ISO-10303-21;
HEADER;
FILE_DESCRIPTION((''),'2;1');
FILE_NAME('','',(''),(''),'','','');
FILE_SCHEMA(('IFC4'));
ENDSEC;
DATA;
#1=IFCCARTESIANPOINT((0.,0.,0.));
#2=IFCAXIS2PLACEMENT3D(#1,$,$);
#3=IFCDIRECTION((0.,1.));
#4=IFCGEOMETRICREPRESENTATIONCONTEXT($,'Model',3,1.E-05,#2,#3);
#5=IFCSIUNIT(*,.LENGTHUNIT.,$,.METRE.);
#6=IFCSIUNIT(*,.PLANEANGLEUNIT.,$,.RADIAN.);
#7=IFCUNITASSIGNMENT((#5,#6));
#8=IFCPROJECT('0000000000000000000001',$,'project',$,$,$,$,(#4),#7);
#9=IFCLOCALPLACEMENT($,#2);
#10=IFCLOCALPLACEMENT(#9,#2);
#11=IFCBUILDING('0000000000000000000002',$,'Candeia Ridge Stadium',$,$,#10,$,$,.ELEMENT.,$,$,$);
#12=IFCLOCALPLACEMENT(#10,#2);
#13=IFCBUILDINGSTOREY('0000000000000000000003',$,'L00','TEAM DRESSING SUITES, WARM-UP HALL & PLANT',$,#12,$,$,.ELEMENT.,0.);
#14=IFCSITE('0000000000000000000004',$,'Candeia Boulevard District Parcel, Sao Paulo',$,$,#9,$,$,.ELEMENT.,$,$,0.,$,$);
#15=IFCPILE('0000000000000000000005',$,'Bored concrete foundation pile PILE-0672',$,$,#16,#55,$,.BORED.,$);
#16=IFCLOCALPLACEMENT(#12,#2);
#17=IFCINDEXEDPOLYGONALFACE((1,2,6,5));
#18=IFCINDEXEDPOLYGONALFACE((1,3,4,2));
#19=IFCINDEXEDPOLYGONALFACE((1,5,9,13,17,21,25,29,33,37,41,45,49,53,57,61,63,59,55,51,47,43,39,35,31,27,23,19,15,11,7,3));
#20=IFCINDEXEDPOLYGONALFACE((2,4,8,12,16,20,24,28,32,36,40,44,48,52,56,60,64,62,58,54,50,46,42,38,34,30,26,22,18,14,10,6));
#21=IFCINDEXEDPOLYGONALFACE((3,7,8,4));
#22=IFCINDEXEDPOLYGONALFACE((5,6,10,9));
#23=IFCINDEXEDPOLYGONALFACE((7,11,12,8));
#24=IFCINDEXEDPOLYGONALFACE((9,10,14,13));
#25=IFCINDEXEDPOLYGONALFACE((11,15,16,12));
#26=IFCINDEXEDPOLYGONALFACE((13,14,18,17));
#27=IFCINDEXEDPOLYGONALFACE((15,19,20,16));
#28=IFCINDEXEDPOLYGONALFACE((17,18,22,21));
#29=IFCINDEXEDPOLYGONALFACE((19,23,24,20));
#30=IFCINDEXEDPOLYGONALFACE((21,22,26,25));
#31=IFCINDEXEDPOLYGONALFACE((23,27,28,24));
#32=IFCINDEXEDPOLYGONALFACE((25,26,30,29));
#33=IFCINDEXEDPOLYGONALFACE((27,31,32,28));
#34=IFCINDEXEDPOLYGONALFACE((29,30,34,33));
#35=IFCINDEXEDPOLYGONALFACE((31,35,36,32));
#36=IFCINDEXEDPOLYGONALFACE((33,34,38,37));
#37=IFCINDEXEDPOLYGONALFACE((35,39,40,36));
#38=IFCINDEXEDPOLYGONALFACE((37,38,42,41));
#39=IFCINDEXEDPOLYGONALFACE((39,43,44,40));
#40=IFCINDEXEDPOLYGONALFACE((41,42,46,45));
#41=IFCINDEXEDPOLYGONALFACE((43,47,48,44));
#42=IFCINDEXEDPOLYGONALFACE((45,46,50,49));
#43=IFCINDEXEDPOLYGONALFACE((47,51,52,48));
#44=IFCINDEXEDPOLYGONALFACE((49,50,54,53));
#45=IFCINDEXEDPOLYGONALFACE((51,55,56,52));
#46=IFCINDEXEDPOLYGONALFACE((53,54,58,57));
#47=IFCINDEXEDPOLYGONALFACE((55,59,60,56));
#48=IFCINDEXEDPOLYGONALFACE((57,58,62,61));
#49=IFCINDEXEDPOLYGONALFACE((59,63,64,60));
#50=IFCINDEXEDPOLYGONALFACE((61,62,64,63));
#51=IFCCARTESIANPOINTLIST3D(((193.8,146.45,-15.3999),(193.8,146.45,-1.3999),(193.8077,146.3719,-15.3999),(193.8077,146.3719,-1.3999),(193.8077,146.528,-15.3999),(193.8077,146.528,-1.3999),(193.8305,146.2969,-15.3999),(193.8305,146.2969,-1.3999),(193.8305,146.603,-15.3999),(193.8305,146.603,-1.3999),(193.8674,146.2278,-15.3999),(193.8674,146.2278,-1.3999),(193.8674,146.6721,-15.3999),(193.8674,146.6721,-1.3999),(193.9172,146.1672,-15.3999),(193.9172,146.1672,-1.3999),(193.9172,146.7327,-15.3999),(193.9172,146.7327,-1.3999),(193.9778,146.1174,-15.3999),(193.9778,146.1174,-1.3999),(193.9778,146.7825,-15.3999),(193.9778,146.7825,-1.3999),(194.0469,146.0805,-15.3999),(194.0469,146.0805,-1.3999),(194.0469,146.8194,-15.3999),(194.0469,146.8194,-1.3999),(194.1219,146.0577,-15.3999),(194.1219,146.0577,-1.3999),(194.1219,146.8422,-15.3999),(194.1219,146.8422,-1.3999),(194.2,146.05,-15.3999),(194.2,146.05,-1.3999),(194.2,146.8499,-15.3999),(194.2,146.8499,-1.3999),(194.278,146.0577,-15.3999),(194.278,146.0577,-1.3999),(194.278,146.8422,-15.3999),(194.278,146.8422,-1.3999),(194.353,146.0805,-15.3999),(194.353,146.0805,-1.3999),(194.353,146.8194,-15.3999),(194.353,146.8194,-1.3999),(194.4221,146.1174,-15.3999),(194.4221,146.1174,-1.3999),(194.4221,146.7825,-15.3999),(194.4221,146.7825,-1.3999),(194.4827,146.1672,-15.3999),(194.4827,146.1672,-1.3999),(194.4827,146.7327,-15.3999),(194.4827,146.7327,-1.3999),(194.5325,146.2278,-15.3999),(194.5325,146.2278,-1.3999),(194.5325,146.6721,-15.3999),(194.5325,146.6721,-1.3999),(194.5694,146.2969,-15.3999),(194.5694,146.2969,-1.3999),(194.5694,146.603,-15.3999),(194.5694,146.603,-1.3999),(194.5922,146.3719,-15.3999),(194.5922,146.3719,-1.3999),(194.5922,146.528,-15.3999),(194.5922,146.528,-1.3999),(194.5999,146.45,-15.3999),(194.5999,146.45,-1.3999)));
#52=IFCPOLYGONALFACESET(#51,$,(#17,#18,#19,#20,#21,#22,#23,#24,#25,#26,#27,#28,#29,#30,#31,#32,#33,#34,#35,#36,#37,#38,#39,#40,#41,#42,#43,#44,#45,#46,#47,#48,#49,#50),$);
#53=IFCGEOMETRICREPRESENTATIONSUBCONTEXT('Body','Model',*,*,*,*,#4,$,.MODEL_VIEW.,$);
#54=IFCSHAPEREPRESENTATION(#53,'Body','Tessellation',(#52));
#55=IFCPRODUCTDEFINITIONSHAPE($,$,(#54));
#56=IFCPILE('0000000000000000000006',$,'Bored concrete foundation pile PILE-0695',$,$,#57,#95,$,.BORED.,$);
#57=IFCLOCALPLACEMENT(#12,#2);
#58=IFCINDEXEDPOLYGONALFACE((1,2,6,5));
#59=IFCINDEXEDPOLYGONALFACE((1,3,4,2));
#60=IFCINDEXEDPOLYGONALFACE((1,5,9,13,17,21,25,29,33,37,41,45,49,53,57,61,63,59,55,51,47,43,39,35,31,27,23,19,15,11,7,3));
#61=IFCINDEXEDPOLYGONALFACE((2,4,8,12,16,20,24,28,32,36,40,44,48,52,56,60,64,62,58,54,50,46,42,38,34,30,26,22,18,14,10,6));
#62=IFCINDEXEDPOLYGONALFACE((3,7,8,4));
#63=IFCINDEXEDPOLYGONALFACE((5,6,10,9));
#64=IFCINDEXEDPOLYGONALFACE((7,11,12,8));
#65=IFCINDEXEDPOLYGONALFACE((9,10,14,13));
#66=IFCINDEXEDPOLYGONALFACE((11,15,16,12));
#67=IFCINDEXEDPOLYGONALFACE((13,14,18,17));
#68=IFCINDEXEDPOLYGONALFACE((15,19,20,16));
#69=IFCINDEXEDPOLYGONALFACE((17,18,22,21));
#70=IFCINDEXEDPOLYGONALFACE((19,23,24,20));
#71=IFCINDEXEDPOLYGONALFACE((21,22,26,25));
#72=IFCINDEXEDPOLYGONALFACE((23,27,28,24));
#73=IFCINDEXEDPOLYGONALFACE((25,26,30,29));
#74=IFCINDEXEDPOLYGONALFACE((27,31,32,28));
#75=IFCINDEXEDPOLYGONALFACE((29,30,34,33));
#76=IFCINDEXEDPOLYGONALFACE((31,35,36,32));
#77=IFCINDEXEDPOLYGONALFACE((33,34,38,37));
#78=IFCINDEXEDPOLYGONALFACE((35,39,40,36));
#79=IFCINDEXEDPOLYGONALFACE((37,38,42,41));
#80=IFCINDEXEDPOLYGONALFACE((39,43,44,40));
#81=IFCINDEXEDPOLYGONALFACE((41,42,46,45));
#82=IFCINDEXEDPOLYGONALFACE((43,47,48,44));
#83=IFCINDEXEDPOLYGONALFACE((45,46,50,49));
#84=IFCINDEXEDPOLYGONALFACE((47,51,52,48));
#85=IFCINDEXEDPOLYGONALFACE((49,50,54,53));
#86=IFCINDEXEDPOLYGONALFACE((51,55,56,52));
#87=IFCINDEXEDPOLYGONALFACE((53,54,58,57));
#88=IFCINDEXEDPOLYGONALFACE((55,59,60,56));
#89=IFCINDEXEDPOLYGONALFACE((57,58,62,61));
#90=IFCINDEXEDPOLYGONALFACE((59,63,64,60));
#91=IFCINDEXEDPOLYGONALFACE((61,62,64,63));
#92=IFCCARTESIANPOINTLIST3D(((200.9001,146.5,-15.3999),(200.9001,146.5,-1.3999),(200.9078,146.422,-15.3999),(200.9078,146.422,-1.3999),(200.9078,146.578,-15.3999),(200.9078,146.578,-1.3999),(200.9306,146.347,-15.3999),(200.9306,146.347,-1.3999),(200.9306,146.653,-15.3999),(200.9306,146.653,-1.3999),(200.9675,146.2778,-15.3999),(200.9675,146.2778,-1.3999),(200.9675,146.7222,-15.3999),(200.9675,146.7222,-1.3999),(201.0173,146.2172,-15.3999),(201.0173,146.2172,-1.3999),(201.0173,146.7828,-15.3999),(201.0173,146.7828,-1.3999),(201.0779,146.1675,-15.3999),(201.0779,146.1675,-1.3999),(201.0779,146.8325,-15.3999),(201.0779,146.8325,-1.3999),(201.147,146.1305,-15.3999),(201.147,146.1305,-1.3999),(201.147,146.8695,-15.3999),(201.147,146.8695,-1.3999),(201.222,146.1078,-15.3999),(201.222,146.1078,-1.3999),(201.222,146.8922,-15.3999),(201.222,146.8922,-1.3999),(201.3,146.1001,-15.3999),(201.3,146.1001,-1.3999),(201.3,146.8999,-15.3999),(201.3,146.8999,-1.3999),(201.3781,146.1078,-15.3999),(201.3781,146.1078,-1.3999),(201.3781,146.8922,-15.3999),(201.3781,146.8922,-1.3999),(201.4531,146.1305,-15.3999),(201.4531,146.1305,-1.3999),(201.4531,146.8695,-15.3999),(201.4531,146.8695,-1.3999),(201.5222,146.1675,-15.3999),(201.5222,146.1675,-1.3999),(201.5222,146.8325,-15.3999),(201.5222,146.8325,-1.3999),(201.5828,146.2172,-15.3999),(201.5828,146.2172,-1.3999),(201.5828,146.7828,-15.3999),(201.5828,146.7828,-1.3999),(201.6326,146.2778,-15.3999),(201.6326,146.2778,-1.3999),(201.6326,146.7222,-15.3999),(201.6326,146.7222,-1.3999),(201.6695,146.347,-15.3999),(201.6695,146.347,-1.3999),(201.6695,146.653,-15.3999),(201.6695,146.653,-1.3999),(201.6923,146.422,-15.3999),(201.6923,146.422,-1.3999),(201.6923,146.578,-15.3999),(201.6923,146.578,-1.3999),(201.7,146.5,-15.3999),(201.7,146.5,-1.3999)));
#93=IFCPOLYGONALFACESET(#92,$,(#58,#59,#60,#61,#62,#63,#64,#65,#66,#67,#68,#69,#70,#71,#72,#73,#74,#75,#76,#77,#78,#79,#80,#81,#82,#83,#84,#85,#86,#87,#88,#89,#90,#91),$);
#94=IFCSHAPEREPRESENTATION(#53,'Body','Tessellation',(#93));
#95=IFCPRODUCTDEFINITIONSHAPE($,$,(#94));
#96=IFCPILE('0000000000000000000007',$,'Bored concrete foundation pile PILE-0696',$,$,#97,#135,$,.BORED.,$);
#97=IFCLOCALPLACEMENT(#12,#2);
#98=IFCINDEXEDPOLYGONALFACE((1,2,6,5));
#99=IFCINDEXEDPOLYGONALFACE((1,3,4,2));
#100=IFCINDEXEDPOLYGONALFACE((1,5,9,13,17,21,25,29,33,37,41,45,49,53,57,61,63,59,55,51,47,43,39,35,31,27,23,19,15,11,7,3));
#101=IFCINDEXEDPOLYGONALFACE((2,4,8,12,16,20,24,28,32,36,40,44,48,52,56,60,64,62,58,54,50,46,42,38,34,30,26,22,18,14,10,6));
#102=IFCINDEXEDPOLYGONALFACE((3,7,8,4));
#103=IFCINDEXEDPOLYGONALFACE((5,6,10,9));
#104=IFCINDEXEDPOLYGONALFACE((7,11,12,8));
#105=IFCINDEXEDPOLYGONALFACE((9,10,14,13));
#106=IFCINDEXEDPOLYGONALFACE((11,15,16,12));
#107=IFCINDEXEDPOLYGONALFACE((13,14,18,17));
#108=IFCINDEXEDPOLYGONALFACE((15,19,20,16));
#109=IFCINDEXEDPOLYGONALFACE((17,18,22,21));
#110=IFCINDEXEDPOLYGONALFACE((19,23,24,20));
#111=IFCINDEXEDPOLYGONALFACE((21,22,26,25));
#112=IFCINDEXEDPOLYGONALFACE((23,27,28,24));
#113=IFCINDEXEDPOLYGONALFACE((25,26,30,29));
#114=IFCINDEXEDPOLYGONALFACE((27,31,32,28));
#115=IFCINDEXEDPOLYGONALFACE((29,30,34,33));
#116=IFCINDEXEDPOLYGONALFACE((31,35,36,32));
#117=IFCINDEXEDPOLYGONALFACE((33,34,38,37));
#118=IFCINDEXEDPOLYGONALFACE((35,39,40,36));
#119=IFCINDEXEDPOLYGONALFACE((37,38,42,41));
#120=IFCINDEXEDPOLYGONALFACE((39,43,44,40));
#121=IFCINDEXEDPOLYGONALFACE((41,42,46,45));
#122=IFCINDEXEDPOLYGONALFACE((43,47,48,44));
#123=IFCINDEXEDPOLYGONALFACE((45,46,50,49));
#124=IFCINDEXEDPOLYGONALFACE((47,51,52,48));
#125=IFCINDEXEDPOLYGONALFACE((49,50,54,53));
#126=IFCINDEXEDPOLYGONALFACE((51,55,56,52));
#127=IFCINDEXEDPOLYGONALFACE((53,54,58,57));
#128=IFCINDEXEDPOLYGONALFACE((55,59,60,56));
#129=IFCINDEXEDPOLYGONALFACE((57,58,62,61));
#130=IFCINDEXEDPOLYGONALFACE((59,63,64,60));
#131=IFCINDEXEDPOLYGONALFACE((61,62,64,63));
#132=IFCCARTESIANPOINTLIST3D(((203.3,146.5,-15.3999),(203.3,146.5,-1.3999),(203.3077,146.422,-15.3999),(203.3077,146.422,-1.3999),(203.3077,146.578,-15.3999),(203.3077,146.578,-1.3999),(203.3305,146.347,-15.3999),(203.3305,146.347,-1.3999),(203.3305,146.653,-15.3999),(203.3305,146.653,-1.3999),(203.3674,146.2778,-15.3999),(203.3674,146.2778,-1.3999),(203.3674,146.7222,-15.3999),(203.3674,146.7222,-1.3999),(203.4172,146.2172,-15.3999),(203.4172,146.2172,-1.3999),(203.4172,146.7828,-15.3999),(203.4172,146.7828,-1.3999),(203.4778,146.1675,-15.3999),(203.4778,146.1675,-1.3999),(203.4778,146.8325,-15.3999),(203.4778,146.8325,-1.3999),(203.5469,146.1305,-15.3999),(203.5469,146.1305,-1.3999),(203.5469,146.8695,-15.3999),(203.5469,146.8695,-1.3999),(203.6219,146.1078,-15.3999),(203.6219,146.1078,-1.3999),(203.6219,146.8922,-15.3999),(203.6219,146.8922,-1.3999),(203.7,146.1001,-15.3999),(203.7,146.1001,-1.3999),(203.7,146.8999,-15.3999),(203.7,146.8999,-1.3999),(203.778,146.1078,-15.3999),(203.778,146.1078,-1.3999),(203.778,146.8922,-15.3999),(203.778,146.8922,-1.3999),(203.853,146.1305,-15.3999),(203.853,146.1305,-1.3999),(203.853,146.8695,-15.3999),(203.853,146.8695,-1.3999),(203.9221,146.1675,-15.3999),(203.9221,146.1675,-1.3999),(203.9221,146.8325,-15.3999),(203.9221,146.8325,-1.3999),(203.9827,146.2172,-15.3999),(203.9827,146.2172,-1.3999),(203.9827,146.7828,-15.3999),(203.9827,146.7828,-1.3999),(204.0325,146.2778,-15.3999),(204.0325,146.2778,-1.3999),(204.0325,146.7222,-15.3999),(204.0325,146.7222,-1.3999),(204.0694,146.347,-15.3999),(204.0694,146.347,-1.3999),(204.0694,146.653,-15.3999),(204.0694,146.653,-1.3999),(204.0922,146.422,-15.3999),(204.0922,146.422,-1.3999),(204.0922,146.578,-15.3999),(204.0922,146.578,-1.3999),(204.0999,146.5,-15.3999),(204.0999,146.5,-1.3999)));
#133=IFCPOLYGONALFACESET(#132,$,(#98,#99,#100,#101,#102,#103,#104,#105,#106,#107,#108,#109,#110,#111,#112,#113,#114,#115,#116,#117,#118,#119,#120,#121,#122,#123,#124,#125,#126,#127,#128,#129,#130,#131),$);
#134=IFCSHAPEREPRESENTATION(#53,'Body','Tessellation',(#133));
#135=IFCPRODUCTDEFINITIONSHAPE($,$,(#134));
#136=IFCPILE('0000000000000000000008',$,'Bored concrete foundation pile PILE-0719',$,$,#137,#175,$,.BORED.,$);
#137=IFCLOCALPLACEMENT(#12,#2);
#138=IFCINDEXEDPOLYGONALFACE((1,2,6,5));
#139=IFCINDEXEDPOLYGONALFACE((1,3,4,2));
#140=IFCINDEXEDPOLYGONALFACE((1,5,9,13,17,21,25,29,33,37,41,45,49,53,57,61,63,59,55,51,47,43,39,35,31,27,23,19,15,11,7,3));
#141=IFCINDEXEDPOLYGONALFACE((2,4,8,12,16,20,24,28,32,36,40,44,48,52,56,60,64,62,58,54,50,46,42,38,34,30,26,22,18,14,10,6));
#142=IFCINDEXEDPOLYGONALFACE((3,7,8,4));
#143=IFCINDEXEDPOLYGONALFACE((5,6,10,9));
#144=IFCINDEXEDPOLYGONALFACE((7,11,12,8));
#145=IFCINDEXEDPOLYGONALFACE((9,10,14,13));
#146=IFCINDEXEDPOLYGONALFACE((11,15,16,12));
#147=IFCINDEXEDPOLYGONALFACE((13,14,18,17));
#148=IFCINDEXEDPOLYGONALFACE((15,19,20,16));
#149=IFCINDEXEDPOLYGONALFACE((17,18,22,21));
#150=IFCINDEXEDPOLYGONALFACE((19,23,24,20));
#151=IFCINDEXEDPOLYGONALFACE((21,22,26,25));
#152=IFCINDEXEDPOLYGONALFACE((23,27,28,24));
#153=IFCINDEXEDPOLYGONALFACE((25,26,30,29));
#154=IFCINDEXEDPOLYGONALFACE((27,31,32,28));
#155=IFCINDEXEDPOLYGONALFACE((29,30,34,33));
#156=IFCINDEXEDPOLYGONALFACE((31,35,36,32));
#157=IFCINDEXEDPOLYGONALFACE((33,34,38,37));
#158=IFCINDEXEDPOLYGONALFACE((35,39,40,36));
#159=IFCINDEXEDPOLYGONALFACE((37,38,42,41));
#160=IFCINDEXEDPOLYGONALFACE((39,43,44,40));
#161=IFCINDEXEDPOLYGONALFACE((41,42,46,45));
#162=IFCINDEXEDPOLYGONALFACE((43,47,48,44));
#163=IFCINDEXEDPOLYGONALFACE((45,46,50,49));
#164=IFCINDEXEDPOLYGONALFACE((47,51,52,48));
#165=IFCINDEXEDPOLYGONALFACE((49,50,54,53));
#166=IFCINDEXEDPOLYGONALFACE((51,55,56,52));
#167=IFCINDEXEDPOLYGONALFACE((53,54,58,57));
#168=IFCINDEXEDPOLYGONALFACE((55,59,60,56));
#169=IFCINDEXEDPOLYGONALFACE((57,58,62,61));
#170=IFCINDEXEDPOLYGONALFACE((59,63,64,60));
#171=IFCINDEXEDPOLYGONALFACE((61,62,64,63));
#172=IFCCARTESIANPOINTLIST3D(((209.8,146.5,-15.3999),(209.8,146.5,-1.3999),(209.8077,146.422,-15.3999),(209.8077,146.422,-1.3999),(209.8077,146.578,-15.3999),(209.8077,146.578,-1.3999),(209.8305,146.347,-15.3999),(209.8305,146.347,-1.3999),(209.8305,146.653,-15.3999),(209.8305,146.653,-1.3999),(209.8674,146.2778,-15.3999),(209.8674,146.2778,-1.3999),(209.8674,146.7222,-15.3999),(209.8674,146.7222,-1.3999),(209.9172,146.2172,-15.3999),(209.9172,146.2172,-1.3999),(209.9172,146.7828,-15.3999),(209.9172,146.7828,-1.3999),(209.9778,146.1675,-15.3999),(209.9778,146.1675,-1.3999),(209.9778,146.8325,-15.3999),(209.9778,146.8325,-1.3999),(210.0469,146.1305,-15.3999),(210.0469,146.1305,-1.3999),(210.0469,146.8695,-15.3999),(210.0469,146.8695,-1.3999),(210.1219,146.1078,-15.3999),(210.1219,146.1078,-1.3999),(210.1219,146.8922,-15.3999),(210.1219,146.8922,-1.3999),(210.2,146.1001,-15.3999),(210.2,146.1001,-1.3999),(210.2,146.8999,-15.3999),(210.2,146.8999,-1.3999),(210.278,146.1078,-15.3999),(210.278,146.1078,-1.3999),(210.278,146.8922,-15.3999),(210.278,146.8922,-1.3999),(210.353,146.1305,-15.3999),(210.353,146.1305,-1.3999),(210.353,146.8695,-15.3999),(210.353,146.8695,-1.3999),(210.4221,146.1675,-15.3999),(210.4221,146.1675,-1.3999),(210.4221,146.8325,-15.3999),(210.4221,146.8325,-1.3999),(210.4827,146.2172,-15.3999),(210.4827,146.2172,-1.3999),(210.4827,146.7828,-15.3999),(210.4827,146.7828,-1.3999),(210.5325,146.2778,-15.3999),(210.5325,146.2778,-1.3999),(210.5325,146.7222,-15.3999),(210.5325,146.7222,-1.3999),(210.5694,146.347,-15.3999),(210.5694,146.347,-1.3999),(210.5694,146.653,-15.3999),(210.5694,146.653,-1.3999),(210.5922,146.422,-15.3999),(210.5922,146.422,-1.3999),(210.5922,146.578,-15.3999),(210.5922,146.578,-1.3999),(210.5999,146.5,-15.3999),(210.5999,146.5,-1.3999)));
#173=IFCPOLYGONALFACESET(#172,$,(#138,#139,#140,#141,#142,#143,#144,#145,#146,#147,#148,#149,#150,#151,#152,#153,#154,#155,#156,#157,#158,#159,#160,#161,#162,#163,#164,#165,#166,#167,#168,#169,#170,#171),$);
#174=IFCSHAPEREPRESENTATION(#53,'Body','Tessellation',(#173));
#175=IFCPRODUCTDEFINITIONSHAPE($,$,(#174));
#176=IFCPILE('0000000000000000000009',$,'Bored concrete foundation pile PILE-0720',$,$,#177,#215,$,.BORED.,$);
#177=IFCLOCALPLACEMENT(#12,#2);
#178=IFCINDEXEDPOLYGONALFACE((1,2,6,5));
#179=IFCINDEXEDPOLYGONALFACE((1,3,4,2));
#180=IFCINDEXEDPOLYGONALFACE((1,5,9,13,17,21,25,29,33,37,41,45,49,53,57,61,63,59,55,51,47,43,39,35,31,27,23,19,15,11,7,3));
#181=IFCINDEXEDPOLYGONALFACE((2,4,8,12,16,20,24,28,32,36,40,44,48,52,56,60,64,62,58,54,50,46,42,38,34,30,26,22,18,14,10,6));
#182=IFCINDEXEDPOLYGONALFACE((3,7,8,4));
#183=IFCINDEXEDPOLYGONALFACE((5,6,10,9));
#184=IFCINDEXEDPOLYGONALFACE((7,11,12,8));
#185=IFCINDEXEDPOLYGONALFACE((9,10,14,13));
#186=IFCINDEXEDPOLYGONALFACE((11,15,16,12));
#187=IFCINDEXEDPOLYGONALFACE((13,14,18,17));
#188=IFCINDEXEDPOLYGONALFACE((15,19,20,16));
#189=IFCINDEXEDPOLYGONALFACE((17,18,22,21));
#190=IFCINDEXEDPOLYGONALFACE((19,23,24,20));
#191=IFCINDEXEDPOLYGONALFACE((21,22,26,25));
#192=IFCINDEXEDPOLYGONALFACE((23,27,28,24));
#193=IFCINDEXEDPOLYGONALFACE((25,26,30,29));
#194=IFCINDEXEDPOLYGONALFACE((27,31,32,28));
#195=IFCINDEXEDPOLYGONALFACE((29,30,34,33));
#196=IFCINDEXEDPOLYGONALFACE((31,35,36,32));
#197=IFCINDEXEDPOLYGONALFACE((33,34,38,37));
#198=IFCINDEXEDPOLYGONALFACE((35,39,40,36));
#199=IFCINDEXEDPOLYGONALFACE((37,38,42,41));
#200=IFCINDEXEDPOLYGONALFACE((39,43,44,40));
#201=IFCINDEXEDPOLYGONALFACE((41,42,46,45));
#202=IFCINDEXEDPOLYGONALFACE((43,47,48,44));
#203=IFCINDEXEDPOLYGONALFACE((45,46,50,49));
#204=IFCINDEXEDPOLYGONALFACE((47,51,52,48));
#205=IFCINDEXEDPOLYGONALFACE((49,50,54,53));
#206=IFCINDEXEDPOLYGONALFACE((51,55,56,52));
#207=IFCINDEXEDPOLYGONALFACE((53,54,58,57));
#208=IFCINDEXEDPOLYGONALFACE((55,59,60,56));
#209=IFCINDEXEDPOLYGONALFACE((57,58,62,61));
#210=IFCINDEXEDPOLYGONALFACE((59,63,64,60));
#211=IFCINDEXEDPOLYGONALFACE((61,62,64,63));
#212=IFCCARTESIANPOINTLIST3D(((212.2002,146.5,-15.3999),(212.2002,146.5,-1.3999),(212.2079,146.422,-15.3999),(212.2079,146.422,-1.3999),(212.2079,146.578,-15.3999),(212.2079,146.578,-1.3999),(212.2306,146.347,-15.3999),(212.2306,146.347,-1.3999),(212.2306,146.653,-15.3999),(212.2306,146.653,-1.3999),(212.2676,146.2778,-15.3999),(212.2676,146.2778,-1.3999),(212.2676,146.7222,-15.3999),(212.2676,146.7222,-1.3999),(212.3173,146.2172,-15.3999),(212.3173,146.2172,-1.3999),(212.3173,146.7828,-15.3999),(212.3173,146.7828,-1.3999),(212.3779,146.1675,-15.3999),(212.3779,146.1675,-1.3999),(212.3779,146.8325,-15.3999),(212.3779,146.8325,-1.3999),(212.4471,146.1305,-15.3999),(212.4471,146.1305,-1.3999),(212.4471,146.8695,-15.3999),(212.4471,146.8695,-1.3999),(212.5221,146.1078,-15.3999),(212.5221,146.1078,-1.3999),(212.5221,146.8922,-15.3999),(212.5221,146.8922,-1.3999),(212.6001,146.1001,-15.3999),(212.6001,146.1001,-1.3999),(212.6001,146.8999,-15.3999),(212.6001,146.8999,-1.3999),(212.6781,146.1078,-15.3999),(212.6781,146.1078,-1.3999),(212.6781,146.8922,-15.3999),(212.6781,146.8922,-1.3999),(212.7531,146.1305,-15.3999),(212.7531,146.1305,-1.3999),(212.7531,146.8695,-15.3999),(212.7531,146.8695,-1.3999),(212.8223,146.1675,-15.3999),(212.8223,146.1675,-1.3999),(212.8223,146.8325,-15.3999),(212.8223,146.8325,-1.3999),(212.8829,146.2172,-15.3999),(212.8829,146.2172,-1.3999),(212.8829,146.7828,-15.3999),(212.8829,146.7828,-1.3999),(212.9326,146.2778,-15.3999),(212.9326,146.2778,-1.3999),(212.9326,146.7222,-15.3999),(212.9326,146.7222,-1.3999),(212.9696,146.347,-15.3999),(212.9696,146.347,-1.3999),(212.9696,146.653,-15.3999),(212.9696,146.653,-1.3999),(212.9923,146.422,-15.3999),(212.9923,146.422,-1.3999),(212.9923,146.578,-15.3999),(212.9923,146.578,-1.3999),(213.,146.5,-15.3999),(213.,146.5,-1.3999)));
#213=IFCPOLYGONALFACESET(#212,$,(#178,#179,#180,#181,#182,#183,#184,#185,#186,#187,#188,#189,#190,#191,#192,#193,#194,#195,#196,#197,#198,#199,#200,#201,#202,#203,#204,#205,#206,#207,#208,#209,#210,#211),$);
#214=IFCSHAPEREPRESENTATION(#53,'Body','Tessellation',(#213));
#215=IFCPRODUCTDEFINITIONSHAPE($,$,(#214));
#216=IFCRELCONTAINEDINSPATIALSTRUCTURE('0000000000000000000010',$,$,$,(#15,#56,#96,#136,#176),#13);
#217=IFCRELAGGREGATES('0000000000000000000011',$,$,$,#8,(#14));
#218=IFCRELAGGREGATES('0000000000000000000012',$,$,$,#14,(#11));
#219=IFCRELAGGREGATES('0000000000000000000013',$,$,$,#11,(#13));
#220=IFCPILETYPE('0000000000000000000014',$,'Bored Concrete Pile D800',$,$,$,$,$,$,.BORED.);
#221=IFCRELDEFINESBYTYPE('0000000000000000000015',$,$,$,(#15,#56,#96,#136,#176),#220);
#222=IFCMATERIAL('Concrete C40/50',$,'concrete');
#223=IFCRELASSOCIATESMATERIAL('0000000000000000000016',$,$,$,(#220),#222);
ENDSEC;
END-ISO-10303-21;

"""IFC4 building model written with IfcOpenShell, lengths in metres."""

from ifc_helpers import new_model, si_unit, direction, frame, origin, origin_2d, place, context, subcontext, project, spatial, circle, extrude, material, material_profile, profile_set, type_object, element, save


model = new_model("IFC4")

# Units and contexts
model_context = context("Model", 3, precision=1e-05, world=origin(), true_north=direction((0.0, 1.0)))
body_context = subcontext(model_context, "Body", "Model", "MODEL_VIEW")
ifc_project = project(units=[si_unit("LENGTHUNIT", "METRE"), si_unit("PLANEANGLEUNIT", "RADIAN")], contexts=[model_context])

# Site, building, storey
site_placement = place(None, origin())
site = spatial("IfcSite", under=ifc_project, at=site_placement, Name="Candeia Boulevard District Parcel, Sao Paulo", CompositionType="ELEMENT", RefElevation=0.0)
building_placement = place(site_placement, origin())
building = spatial("IfcBuilding", under=site, at=building_placement, Name="Candeia Ridge Stadium", CompositionType="ELEMENT")
storey_placement = place(building_placement, origin())
storey = spatial("IfcBuildingStorey", under=building, at=storey_placement, Name="L00", Description="TEAM DRESSING SUITES, WARM-UP HALL & PLANT", CompositionType="ELEMENT", Elevation=0.0)

# Piles
ifc_material_1 = material(Name="Concrete C40/50", Category="concrete")
ifc_material_profile_1 = material_profile(ifc_material_1, circle(Radius=0.3999, at=origin_2d()), Name="PILE-D800", Category="concrete")
ifc_profile_set_1 = profile_set([ifc_material_profile_1], Name="Concrete C40/50")
pile_type = type_object("IfcPileType", Name="Bored Concrete Pile D800", PredefinedType="BORED", material=ifc_profile_set_1)
for number, where, z_axis, x_axis, name in (
    (1, (194.2, 146.45, -1.3999), (0.0, 0.0, -1.0), (1.0, 0.0, 0.0), "Bored concrete foundation pile PILE-0672"),
    (2, (201.3, 146.5, -1.3999), (0.0, 0.0, -1.0), (1.0, 0.0, 0.0), "Bored concrete foundation pile PILE-0695"),
    (3, (203.7, 146.5, -1.3999), (0.0, 0.0, -1.0), (1.0, 0.0, 0.0), "Bored concrete foundation pile PILE-0696"),
    (4, (210.2, 146.5, -1.3999), (0.0, 0.0, -1.0), (1.0, 0.0, 0.0), "Bored concrete foundation pile PILE-0719"),
    (5, (212.6001, 146.5, -1.3999), (0.0, 0.0, -1.0), (1.0, 0.0, 0.0), "Bored concrete foundation pile PILE-0720"),
):
    element("IfcPile", number, at=place(storey_placement, frame(where, z_axis=z_axis, x_axis=x_axis)), inside=storey, type_object=pile_type, Name=name, PredefinedType="BORED", context=body_context, shape_type="SweptSolid", body=[
        extrude(circle(Radius=0.3999, at=origin_2d()), origin(), (0.0, 0.0, 1.0), 14.0),
    ])

save(model, "model.ifc")
